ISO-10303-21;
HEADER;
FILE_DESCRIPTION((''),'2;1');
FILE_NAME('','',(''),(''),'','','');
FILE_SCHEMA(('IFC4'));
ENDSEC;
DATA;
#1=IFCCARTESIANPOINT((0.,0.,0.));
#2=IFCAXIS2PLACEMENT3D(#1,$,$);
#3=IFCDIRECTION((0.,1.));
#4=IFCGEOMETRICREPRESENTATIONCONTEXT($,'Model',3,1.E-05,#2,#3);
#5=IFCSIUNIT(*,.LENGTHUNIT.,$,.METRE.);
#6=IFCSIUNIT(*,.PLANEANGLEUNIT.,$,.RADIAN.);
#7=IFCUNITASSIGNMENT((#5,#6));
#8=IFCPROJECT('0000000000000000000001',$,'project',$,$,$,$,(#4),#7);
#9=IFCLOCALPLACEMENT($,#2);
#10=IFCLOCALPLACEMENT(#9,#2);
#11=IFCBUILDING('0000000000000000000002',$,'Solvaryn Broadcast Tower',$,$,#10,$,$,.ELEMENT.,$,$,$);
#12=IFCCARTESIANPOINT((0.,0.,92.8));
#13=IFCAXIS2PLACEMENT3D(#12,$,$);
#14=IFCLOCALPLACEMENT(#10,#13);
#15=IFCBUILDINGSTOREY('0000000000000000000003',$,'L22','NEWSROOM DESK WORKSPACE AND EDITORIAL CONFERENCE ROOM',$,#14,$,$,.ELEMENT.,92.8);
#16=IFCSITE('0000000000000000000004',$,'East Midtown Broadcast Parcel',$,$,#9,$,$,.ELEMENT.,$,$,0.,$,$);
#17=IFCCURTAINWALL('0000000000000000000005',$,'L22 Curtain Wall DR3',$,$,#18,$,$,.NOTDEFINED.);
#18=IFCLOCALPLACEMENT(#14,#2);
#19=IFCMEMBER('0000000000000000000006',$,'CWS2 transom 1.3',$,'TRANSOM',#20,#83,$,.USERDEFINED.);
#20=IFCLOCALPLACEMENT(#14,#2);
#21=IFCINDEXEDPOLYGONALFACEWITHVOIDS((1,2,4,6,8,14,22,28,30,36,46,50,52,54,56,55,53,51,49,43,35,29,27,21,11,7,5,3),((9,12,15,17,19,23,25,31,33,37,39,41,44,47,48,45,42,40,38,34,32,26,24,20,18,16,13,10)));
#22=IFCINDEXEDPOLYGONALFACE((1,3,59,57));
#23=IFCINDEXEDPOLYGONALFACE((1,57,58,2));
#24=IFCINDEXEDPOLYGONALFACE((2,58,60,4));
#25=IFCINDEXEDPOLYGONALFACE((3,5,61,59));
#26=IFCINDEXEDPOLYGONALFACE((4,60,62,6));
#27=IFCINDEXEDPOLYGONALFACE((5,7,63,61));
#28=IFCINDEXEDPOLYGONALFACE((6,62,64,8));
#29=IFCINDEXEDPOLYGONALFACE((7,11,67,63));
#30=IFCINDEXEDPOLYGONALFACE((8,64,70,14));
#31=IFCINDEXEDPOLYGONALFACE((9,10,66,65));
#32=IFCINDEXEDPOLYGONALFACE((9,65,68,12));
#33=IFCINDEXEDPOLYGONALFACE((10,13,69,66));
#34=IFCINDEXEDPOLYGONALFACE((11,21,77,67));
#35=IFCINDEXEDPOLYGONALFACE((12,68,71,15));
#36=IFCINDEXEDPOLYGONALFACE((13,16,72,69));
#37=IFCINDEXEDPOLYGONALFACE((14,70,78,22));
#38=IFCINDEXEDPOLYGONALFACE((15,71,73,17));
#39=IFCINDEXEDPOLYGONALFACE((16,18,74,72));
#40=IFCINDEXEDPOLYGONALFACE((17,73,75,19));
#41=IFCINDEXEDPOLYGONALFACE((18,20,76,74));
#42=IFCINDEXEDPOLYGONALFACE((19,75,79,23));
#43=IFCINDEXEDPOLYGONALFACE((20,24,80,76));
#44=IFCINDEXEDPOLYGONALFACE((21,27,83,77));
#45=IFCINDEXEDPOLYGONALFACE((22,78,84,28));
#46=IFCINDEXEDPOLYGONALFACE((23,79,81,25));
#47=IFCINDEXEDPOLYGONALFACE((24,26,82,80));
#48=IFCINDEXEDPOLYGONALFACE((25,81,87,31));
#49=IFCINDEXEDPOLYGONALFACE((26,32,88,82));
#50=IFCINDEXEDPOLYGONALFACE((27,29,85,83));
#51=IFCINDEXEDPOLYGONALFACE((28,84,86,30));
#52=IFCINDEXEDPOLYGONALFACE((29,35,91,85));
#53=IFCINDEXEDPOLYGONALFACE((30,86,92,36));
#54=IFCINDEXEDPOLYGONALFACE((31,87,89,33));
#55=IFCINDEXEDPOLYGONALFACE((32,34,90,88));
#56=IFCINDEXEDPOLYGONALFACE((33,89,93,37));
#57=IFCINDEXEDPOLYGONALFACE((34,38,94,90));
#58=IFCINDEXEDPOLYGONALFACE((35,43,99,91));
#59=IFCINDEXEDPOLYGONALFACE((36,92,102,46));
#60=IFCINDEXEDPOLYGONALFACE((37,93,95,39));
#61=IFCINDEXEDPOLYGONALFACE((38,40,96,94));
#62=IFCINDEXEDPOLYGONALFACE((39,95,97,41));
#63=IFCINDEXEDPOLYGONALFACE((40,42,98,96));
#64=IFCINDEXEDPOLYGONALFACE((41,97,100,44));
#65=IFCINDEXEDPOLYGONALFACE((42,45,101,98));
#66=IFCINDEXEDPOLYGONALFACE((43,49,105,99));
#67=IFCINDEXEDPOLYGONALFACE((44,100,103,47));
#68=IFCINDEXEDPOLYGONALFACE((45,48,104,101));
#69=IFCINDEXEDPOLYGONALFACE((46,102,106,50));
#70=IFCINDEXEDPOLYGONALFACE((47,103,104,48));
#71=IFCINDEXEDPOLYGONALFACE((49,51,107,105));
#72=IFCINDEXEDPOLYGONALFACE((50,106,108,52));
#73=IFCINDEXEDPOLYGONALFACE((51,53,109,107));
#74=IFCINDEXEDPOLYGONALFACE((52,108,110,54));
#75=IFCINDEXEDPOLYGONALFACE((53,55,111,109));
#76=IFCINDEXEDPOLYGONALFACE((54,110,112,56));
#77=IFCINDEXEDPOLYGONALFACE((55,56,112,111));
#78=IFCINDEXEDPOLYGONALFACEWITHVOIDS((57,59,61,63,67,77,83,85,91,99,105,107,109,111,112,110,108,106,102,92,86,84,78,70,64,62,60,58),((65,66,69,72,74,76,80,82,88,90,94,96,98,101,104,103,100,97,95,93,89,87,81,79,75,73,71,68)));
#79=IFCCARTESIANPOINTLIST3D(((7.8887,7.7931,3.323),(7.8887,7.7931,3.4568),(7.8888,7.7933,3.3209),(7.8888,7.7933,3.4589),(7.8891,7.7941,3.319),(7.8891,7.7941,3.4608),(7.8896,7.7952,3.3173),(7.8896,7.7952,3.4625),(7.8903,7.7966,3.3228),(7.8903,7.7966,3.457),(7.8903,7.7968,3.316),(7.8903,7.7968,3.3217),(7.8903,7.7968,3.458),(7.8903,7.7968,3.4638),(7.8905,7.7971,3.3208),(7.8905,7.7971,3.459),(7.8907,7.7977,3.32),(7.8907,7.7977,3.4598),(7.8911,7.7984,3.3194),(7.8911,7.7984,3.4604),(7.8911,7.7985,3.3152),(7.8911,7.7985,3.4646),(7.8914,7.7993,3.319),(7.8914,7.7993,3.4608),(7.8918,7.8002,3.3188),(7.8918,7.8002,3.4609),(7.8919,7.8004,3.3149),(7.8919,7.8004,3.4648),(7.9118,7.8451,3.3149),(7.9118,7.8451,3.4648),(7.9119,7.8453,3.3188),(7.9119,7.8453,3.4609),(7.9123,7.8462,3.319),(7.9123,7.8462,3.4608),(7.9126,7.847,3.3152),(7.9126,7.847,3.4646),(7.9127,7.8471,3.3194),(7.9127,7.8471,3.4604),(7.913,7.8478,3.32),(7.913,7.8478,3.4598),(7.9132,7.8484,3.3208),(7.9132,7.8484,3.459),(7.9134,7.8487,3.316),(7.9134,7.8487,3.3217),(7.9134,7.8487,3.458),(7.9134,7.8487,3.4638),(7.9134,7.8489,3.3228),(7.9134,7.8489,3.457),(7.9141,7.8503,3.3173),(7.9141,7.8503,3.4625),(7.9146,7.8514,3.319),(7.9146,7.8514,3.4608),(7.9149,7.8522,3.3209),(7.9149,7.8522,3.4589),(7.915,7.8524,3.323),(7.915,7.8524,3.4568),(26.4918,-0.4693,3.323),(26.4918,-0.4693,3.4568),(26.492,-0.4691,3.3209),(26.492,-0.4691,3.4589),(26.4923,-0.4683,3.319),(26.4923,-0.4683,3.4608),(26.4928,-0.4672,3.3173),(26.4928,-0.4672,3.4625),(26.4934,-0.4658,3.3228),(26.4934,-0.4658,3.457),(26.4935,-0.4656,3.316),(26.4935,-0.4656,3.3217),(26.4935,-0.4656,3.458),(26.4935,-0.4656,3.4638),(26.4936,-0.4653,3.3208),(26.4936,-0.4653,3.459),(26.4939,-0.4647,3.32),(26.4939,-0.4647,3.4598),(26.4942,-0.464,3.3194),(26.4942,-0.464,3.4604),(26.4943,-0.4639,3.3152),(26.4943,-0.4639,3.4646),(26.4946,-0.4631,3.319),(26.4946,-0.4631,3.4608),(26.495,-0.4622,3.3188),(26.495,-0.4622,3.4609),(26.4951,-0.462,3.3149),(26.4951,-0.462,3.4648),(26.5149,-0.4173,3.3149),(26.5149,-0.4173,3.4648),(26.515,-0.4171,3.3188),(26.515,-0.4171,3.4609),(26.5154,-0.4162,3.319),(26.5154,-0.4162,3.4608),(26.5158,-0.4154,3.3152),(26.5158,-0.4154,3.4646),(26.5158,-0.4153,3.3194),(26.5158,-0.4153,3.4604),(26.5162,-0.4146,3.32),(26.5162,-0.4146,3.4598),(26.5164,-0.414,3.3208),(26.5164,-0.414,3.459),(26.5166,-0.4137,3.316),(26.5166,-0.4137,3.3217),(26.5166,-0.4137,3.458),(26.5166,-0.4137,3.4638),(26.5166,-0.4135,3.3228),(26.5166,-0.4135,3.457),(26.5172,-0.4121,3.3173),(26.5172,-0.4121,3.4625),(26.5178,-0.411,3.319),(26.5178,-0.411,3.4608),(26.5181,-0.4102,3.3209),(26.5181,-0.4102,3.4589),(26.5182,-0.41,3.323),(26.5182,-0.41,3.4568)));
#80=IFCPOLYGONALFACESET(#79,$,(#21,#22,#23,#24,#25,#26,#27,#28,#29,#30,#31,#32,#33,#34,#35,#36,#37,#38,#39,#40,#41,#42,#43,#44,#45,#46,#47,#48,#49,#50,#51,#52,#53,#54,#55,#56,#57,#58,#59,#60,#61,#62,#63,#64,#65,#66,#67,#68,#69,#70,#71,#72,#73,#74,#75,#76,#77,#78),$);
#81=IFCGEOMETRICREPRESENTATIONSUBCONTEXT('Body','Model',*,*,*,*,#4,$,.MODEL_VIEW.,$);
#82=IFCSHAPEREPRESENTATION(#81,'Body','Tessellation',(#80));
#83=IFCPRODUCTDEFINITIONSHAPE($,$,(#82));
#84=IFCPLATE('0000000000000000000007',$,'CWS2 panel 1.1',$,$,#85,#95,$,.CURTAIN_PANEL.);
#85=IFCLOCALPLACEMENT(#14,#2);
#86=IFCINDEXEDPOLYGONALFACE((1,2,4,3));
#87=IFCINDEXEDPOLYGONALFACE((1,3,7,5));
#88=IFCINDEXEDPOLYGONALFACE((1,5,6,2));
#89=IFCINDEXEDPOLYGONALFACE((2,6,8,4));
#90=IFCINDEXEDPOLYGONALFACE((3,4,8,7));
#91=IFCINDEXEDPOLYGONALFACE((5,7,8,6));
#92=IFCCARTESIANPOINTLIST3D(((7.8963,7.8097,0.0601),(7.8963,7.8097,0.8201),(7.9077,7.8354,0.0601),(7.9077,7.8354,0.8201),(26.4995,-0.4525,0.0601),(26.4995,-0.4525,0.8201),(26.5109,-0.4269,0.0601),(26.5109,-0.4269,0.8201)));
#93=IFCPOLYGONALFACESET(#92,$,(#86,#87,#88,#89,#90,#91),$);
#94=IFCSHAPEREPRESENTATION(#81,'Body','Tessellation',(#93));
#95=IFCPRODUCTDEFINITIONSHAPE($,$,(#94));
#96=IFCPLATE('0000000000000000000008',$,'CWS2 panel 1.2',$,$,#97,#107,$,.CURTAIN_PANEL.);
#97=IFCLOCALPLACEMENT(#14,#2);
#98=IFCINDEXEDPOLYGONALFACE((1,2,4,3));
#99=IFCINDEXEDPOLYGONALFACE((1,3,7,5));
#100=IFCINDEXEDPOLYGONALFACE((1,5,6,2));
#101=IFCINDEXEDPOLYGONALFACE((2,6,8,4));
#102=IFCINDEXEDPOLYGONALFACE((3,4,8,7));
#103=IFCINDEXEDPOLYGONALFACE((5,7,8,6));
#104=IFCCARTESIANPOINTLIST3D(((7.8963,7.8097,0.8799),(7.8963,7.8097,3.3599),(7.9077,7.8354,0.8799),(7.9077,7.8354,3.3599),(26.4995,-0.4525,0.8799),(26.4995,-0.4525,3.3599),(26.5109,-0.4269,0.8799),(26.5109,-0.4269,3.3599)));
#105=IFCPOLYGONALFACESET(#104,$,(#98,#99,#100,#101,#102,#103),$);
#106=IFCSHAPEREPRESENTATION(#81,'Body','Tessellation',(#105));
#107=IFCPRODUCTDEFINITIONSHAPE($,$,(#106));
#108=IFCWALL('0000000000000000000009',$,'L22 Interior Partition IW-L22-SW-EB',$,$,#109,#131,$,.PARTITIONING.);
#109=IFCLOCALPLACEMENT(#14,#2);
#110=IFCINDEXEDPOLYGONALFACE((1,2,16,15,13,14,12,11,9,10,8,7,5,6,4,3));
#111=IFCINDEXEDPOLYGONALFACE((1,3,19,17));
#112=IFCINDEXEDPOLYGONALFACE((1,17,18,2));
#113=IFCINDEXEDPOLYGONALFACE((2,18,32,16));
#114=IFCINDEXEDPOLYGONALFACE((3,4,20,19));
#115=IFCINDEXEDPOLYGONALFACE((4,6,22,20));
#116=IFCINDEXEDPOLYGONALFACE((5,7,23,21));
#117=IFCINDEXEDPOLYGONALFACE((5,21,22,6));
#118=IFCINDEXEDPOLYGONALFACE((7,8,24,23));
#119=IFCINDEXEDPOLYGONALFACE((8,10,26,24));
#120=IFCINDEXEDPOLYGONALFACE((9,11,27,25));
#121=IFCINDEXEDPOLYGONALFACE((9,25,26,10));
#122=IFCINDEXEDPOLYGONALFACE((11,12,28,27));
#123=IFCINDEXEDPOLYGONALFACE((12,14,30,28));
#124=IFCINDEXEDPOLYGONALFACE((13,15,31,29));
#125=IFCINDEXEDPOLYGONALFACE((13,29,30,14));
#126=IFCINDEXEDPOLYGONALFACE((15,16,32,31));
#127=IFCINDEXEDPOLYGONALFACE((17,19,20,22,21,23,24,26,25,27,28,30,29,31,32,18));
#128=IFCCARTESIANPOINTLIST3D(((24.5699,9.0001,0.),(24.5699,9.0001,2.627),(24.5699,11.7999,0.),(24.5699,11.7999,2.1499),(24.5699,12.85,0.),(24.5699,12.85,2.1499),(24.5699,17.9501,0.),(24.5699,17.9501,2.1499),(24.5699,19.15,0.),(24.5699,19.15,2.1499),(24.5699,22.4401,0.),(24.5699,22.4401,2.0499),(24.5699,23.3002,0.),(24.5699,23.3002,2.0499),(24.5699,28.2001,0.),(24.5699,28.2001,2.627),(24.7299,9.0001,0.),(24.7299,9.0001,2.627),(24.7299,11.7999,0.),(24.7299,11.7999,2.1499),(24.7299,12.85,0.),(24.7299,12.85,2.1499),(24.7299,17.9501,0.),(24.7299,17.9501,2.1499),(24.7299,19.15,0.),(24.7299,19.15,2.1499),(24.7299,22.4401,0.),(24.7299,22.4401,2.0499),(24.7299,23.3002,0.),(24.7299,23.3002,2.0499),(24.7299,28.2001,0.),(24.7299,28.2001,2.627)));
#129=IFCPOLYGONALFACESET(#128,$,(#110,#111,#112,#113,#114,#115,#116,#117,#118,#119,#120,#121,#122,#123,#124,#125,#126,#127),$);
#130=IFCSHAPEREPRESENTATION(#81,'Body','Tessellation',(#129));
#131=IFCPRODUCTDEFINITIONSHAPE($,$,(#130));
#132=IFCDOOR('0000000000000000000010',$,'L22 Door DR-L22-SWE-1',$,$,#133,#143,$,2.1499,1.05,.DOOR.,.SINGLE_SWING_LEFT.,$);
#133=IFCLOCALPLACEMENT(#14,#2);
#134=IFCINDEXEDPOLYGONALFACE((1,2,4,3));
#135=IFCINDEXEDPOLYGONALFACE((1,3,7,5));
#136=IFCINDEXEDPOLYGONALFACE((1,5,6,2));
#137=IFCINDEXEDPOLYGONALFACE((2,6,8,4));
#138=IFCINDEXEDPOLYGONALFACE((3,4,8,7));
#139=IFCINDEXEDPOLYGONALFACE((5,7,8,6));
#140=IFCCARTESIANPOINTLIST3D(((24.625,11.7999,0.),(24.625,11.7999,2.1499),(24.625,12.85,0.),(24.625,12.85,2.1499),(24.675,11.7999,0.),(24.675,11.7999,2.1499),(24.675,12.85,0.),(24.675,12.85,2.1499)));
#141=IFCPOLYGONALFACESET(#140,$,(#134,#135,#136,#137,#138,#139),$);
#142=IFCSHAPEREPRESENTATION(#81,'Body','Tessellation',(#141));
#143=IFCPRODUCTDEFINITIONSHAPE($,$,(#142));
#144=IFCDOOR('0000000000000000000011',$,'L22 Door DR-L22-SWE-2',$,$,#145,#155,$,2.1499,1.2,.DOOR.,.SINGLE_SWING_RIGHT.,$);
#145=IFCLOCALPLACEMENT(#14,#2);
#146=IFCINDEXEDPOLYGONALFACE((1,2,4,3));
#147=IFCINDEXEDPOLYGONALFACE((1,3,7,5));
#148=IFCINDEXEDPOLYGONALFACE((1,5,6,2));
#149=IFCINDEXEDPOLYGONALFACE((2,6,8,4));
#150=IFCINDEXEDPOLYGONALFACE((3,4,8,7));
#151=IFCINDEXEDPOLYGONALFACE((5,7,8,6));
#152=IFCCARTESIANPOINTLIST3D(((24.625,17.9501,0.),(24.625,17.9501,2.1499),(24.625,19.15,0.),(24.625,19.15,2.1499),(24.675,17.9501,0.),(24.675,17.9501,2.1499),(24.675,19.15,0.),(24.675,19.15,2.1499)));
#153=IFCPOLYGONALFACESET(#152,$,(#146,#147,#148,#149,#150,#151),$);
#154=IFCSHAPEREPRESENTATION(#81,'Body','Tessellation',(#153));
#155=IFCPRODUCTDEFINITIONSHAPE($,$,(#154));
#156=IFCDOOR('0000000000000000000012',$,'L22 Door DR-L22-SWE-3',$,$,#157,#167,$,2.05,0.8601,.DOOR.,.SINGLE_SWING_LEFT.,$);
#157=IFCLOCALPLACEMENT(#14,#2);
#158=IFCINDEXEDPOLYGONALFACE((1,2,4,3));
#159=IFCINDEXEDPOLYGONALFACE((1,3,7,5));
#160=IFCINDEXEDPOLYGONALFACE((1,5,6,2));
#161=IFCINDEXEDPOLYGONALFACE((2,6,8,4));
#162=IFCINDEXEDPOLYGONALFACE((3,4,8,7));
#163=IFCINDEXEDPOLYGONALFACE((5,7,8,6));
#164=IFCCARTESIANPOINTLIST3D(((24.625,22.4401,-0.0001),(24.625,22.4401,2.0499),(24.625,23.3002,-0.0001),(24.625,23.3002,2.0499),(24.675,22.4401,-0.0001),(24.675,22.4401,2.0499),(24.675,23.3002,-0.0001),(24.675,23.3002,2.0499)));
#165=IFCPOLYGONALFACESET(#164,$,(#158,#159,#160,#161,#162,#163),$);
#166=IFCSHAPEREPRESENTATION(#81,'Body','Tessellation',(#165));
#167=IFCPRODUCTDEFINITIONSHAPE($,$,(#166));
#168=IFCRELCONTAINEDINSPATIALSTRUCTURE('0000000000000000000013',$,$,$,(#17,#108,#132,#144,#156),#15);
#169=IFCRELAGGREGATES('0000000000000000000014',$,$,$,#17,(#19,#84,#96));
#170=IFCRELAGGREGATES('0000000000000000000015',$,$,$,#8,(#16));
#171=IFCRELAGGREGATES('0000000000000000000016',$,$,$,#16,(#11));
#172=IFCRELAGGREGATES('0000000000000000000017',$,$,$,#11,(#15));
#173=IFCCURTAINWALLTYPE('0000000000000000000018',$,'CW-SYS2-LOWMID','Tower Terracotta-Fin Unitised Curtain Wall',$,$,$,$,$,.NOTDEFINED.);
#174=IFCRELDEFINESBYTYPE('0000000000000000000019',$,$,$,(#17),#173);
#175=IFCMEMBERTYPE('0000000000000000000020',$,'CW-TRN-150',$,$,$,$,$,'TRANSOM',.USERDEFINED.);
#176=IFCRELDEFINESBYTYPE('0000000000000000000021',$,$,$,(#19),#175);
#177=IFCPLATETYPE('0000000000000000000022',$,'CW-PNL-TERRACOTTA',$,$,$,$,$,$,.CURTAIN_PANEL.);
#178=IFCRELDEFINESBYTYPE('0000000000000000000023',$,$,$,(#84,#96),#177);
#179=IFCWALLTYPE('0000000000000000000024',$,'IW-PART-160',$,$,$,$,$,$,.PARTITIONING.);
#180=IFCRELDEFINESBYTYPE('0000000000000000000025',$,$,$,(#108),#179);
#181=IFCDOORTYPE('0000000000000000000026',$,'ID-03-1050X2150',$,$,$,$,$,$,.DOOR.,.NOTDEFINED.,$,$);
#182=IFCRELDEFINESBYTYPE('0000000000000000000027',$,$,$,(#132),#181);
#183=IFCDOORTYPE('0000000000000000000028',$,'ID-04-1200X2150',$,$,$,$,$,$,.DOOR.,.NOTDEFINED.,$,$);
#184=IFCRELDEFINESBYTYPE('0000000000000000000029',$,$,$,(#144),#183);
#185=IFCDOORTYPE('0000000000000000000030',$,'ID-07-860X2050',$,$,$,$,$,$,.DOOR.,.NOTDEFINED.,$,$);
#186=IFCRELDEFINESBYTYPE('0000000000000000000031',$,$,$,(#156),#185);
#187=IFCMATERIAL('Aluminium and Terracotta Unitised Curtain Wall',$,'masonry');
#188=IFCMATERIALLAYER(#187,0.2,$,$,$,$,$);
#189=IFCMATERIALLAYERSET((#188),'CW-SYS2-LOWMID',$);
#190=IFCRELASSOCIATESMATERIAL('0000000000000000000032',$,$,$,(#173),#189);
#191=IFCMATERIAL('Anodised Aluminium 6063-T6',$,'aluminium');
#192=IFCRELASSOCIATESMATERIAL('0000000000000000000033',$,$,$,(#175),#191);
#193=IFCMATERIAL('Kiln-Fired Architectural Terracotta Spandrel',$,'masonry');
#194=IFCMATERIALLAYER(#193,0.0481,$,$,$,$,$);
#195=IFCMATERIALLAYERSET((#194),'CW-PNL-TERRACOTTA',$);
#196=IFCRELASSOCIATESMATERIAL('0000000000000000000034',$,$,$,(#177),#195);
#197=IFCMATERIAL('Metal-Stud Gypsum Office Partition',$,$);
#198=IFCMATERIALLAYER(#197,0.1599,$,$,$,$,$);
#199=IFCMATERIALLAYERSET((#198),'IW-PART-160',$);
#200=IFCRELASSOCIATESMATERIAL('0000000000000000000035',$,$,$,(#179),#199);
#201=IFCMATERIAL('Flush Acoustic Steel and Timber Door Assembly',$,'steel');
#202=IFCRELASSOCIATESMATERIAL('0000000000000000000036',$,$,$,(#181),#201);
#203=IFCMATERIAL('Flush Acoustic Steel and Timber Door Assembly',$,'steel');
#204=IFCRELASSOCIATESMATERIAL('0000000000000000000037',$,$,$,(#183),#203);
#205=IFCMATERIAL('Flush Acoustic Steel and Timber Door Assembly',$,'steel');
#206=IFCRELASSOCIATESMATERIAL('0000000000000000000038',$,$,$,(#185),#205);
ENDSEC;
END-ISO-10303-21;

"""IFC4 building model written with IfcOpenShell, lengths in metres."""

from ifc_helpers import new_model, si_unit, direction, frame, frame_2d, origin, origin_2d, place, context, subcontext, project, spatial, rectangle, hollow_rectangle, extrude, material, layer, layer_set, material_profile, profile_set, type_object, element, fill, aggregate, save


model = new_model("IFC4")

# Units and contexts
model_context = context("Model", 3, precision=1e-05, world=origin(), true_north=direction((0.0, 1.0)))
body_context = subcontext(model_context, "Body", "Model", "MODEL_VIEW")
ifc_project = project(units=[si_unit("LENGTHUNIT", "METRE"), si_unit("PLANEANGLEUNIT", "RADIAN")], contexts=[model_context])

# Site, building, storey
site_placement = place(None, origin())
site = spatial("IfcSite", under=ifc_project, at=site_placement, Name="East Midtown Broadcast Parcel", CompositionType="ELEMENT", RefElevation=0.0)
building_placement = place(site_placement, origin())
building = spatial("IfcBuilding", under=site, at=building_placement, Name="Solvaryn Broadcast Tower", CompositionType="ELEMENT")
storey_placement = place(building_placement, frame((0.0, 0.0, 92.8)))
storey = spatial("IfcBuildingStorey", under=building, at=storey_placement, Name="L22", Description="NEWSROOM DESK WORKSPACE AND EDITORIAL CONFERENCE ROOM", CompositionType="ELEMENT", Elevation=92.8)

# Curtain wall, member, plates
ifc_material_1 = material(Name="Aluminium and Terracotta Unitised Curtain Wall", Category="masonry")
ifc_layer_1 = layer(ifc_material_1, 0.2)
ifc_layer_set_1 = layer_set([ifc_layer_1], Name="CW-SYS2-LOWMID")
curtain_wall_type_1 = type_object("IfcCurtainWallType", Name="CW-SYS2-LOWMID", Description="Tower Terracotta-Fin Unitised Curtain Wall", PredefinedType="NOTDEFINED", material=ifc_layer_set_1)
curtain_wall_1_placement = place(storey_placement, origin())
curtain_wall_1 = element("IfcCurtainWall", 1, at=curtain_wall_1_placement, inside=storey, type_object=curtain_wall_type_1, Name="L22 Curtain Wall DR3", PredefinedType="NOTDEFINED")
ifc_material_2 = material(Name="Anodised Aluminium 6063-T6", Category="aluminium")
ifc_material_profile_1 = material_profile(ifc_material_2, hollow_rectangle(XDim=0.0649, YDim=0.1499, WallThickness=0.0039, InnerFilletRadius=0.0039, OuterFilletRadius=0.0081, at=origin_2d()))
ifc_profile_set_1 = profile_set([ifc_material_profile_1], Name="Anodised Aluminium 6063-T6")
member_type_1 = type_object("IfcMemberType", Name="CW-TRN-150", ElementType="TRANSOM", PredefinedType="USERDEFINED", material=ifc_profile_set_1)
member_1_placement = place(storey_placement, frame((7.9019, 7.8228, 3.3899), z_axis=(0.913915, -0.405906, 0.0), x_axis=(0.405906, 0.913915, 0.0)))
member_1 = element("IfcMember", 2, at=member_1_placement, type_object=member_type_1, Name="CWS2 transom 1.3", ObjectType="TRANSOM", PredefinedType="USERDEFINED", context=body_context, shape_type="SweptSolid", body=[
    extrude(hollow_rectangle(XDim=0.0649, YDim=0.1499, WallThickness=0.0039, InnerFilletRadius=0.0039, OuterFilletRadius=0.0081, at=origin_2d()), origin(), (0.0, 0.0, 1.0), 20.3555),
])
ifc_material_3 = material(Name="Kiln-Fired Architectural Terracotta Spandrel", Category="masonry")
ifc_layer_2 = layer(ifc_material_3, 0.0481)
ifc_layer_set_2 = layer_set([ifc_layer_2], Name="CW-PNL-TERRACOTTA")
plate_type = type_object("IfcPlateType", Name="CW-PNL-TERRACOTTA", PredefinedType="CURTAIN_PANEL", material=ifc_layer_set_2)
plate_1_placement = place(storey_placement, frame((17.2036, 3.6914, 0.0601), z_axis=(0.0, 0.0, 1.0), x_axis=(0.913918, -0.405898, 0.0)))
plate_1 = element("IfcPlate", 3, at=plate_1_placement, type_object=plate_type, Name="CWS2 panel 1.1", PredefinedType="CURTAIN_PANEL", context=body_context, shape_type="SweptSolid", body=[
    extrude(rectangle(XDim=20.3555, YDim=0.0281, at=origin_2d()), origin(), (0.0, 0.0, 1.0), 0.76),
])
plate_2_placement = place(storey_placement, frame((17.2036, 3.6914, 0.8799), z_axis=(0.0, 0.0, 1.0), x_axis=(0.913918, -0.405898, 0.0)))
plate_2 = element("IfcPlate", 4, at=plate_2_placement, type_object=plate_type, Name="CWS2 panel 1.2", PredefinedType="CURTAIN_PANEL", context=body_context, shape_type="SweptSolid", body=[
    extrude(rectangle(XDim=20.3555, YDim=0.0281, at=origin_2d()), origin(), (0.0, 0.0, 1.0), 2.48),
])
aggregate(curtain_wall_1, [member_1, plate_1, plate_2])

# Wall, openings, doors
ifc_material_4 = material(Name="Metal-Stud Gypsum Office Partition")
ifc_layer_3 = layer(ifc_material_4, 0.1599)
ifc_layer_set_3 = layer_set([ifc_layer_3], Name="IW-PART-160")
wall_type_1 = type_object("IfcWallType", Name="IW-PART-160", PredefinedType="PARTITIONING", material=ifc_layer_set_3)
wall_1_placement = place(storey_placement, frame((24.6499, 9.0, 0.0), z_axis=(0.0, 0.0, 1.0), x_axis=(0.0, 1.0, 0.0)))
wall_1 = element("IfcWall", 5, at=wall_1_placement, inside=storey, type_object=wall_type_1, Name="L22 Interior Partition IW-L22-SW-EB", PredefinedType="PARTITIONING", context=body_context, shape_type="SweptSolid", body=[
    extrude(rectangle(XDim=19.2, YDim=0.1599, at=frame_2d((9.6001, 0.0))), origin(), (0.0, 0.0, 1.0), 2.627),
])
opening_1_placement = place(wall_1_placement, frame((2.8, 0.0, 0.0)))
opening_1 = element("IfcOpeningElement", 6, at=opening_1_placement, cuts=wall_1, PredefinedType="OPENING", context=body_context, shape_type="SweptSolid", body=[
    extrude(rectangle(XDim=1.05, YDim=2.1499, at=frame_2d((0.5249, 1.075))), frame((0.0, 0.0901, 0.0), z_axis=(0.0, -1.0, 0.0), x_axis=(1.0, 0.0, 0.0)), (0.0, 0.0, 1.0), 0.1799),
])
opening_2_placement = place(wall_1_placement, frame((8.95, 0.0, 0.0)))
opening_2 = element("IfcOpeningElement", 7, at=opening_2_placement, cuts=wall_1, PredefinedType="OPENING", context=body_context, shape_type="SweptSolid", body=[
    extrude(rectangle(XDim=1.2, YDim=2.1499, at=frame_2d((0.6001, 1.075))), frame((0.0, 0.0901, 0.0), z_axis=(0.0, -1.0, 0.0), x_axis=(1.0, 0.0, 0.0)), (0.0, 0.0, 1.0), 0.1799),
])
opening_3_placement = place(wall_1_placement, frame((13.4399, 0.0, 0.0)))
opening_3 = element("IfcOpeningElement", 8, at=opening_3_placement, cuts=wall_1, PredefinedType="OPENING", context=body_context, shape_type="SweptSolid", body=[
    extrude(rectangle(XDim=0.8601, YDim=2.05, at=frame_2d((0.4302, 1.0249))), frame((0.0, 0.0901, 0.0), z_axis=(0.0, -1.0, 0.0), x_axis=(1.0, 0.0, 0.0)), (0.0, 0.0, 1.0), 0.1799),
])
ifc_material_5 = material(Name="Flush Acoustic Steel and Timber Door Assembly", Category="steel")
door_type_1 = type_object("IfcDoorType", Name="ID-03-1050X2150", OperationType="NOTDEFINED", PredefinedType="DOOR", material=ifc_material_5)
door_1_placement = place(opening_1_placement, origin())
door_1 = element("IfcDoor", 9, at=door_1_placement, inside=storey, type_object=door_type_1, Name="L22 Door DR-L22-SWE-1", OperationType="SINGLE_SWING_LEFT", OverallHeight=2.1499, OverallWidth=1.05, PredefinedType="DOOR", context=body_context, shape_type="SweptSolid", body=[
    extrude(rectangle(XDim=1.05, YDim=2.1499, at=frame_2d((0.5249, 1.075))), frame((0.0, 0.0249, 0.0), z_axis=(0.0, -1.0, 0.0), x_axis=(1.0, 0.0, 0.0)), (0.0, 0.0, 1.0), 0.05),
])
fill(opening_1, door_1)
ifc_material_6 = material(Name="Flush Acoustic Steel and Timber Door Assembly", Category="steel")
door_type_2 = type_object("IfcDoorType", Name="ID-04-1200X2150", OperationType="NOTDEFINED", PredefinedType="DOOR", material=ifc_material_6)
door_2_placement = place(opening_2_placement, origin())
door_2 = element("IfcDoor", 10, at=door_2_placement, inside=storey, type_object=door_type_2, Name="L22 Door DR-L22-SWE-2", OperationType="SINGLE_SWING_RIGHT", OverallHeight=2.1499, OverallWidth=1.2, PredefinedType="DOOR", context=body_context, shape_type="SweptSolid", body=[
    extrude(rectangle(XDim=1.2, YDim=2.1499, at=frame_2d((0.6001, 1.075))), frame((0.0, 0.0249, 0.0), z_axis=(0.0, -1.0, 0.0), x_axis=(1.0, 0.0, 0.0)), (0.0, 0.0, 1.0), 0.05),
])
fill(opening_2, door_2)
ifc_material_7 = material(Name="Flush Acoustic Steel and Timber Door Assembly", Category="steel")
door_type_3 = type_object("IfcDoorType", Name="ID-07-860X2050", OperationType="NOTDEFINED", PredefinedType="DOOR", material=ifc_material_7)
door_3_placement = place(opening_3_placement, origin())
door_3 = element("IfcDoor", 11, at=door_3_placement, inside=storey, type_object=door_type_3, Name="L22 Door DR-L22-SWE-3", OperationType="SINGLE_SWING_LEFT", OverallHeight=2.05, OverallWidth=0.8601, PredefinedType="DOOR", context=body_context, shape_type="SweptSolid", body=[
    extrude(rectangle(XDim=0.8601, YDim=2.05, at=frame_2d((0.4302, 1.0249))), frame((0.0, 0.0249, 0.0), z_axis=(0.0, -1.0, 0.0), x_axis=(1.0, 0.0, 0.0)), (0.0, 0.0, 1.0), 0.05),
])
fill(opening_3, door_3)

save(model, "model.ifc")
